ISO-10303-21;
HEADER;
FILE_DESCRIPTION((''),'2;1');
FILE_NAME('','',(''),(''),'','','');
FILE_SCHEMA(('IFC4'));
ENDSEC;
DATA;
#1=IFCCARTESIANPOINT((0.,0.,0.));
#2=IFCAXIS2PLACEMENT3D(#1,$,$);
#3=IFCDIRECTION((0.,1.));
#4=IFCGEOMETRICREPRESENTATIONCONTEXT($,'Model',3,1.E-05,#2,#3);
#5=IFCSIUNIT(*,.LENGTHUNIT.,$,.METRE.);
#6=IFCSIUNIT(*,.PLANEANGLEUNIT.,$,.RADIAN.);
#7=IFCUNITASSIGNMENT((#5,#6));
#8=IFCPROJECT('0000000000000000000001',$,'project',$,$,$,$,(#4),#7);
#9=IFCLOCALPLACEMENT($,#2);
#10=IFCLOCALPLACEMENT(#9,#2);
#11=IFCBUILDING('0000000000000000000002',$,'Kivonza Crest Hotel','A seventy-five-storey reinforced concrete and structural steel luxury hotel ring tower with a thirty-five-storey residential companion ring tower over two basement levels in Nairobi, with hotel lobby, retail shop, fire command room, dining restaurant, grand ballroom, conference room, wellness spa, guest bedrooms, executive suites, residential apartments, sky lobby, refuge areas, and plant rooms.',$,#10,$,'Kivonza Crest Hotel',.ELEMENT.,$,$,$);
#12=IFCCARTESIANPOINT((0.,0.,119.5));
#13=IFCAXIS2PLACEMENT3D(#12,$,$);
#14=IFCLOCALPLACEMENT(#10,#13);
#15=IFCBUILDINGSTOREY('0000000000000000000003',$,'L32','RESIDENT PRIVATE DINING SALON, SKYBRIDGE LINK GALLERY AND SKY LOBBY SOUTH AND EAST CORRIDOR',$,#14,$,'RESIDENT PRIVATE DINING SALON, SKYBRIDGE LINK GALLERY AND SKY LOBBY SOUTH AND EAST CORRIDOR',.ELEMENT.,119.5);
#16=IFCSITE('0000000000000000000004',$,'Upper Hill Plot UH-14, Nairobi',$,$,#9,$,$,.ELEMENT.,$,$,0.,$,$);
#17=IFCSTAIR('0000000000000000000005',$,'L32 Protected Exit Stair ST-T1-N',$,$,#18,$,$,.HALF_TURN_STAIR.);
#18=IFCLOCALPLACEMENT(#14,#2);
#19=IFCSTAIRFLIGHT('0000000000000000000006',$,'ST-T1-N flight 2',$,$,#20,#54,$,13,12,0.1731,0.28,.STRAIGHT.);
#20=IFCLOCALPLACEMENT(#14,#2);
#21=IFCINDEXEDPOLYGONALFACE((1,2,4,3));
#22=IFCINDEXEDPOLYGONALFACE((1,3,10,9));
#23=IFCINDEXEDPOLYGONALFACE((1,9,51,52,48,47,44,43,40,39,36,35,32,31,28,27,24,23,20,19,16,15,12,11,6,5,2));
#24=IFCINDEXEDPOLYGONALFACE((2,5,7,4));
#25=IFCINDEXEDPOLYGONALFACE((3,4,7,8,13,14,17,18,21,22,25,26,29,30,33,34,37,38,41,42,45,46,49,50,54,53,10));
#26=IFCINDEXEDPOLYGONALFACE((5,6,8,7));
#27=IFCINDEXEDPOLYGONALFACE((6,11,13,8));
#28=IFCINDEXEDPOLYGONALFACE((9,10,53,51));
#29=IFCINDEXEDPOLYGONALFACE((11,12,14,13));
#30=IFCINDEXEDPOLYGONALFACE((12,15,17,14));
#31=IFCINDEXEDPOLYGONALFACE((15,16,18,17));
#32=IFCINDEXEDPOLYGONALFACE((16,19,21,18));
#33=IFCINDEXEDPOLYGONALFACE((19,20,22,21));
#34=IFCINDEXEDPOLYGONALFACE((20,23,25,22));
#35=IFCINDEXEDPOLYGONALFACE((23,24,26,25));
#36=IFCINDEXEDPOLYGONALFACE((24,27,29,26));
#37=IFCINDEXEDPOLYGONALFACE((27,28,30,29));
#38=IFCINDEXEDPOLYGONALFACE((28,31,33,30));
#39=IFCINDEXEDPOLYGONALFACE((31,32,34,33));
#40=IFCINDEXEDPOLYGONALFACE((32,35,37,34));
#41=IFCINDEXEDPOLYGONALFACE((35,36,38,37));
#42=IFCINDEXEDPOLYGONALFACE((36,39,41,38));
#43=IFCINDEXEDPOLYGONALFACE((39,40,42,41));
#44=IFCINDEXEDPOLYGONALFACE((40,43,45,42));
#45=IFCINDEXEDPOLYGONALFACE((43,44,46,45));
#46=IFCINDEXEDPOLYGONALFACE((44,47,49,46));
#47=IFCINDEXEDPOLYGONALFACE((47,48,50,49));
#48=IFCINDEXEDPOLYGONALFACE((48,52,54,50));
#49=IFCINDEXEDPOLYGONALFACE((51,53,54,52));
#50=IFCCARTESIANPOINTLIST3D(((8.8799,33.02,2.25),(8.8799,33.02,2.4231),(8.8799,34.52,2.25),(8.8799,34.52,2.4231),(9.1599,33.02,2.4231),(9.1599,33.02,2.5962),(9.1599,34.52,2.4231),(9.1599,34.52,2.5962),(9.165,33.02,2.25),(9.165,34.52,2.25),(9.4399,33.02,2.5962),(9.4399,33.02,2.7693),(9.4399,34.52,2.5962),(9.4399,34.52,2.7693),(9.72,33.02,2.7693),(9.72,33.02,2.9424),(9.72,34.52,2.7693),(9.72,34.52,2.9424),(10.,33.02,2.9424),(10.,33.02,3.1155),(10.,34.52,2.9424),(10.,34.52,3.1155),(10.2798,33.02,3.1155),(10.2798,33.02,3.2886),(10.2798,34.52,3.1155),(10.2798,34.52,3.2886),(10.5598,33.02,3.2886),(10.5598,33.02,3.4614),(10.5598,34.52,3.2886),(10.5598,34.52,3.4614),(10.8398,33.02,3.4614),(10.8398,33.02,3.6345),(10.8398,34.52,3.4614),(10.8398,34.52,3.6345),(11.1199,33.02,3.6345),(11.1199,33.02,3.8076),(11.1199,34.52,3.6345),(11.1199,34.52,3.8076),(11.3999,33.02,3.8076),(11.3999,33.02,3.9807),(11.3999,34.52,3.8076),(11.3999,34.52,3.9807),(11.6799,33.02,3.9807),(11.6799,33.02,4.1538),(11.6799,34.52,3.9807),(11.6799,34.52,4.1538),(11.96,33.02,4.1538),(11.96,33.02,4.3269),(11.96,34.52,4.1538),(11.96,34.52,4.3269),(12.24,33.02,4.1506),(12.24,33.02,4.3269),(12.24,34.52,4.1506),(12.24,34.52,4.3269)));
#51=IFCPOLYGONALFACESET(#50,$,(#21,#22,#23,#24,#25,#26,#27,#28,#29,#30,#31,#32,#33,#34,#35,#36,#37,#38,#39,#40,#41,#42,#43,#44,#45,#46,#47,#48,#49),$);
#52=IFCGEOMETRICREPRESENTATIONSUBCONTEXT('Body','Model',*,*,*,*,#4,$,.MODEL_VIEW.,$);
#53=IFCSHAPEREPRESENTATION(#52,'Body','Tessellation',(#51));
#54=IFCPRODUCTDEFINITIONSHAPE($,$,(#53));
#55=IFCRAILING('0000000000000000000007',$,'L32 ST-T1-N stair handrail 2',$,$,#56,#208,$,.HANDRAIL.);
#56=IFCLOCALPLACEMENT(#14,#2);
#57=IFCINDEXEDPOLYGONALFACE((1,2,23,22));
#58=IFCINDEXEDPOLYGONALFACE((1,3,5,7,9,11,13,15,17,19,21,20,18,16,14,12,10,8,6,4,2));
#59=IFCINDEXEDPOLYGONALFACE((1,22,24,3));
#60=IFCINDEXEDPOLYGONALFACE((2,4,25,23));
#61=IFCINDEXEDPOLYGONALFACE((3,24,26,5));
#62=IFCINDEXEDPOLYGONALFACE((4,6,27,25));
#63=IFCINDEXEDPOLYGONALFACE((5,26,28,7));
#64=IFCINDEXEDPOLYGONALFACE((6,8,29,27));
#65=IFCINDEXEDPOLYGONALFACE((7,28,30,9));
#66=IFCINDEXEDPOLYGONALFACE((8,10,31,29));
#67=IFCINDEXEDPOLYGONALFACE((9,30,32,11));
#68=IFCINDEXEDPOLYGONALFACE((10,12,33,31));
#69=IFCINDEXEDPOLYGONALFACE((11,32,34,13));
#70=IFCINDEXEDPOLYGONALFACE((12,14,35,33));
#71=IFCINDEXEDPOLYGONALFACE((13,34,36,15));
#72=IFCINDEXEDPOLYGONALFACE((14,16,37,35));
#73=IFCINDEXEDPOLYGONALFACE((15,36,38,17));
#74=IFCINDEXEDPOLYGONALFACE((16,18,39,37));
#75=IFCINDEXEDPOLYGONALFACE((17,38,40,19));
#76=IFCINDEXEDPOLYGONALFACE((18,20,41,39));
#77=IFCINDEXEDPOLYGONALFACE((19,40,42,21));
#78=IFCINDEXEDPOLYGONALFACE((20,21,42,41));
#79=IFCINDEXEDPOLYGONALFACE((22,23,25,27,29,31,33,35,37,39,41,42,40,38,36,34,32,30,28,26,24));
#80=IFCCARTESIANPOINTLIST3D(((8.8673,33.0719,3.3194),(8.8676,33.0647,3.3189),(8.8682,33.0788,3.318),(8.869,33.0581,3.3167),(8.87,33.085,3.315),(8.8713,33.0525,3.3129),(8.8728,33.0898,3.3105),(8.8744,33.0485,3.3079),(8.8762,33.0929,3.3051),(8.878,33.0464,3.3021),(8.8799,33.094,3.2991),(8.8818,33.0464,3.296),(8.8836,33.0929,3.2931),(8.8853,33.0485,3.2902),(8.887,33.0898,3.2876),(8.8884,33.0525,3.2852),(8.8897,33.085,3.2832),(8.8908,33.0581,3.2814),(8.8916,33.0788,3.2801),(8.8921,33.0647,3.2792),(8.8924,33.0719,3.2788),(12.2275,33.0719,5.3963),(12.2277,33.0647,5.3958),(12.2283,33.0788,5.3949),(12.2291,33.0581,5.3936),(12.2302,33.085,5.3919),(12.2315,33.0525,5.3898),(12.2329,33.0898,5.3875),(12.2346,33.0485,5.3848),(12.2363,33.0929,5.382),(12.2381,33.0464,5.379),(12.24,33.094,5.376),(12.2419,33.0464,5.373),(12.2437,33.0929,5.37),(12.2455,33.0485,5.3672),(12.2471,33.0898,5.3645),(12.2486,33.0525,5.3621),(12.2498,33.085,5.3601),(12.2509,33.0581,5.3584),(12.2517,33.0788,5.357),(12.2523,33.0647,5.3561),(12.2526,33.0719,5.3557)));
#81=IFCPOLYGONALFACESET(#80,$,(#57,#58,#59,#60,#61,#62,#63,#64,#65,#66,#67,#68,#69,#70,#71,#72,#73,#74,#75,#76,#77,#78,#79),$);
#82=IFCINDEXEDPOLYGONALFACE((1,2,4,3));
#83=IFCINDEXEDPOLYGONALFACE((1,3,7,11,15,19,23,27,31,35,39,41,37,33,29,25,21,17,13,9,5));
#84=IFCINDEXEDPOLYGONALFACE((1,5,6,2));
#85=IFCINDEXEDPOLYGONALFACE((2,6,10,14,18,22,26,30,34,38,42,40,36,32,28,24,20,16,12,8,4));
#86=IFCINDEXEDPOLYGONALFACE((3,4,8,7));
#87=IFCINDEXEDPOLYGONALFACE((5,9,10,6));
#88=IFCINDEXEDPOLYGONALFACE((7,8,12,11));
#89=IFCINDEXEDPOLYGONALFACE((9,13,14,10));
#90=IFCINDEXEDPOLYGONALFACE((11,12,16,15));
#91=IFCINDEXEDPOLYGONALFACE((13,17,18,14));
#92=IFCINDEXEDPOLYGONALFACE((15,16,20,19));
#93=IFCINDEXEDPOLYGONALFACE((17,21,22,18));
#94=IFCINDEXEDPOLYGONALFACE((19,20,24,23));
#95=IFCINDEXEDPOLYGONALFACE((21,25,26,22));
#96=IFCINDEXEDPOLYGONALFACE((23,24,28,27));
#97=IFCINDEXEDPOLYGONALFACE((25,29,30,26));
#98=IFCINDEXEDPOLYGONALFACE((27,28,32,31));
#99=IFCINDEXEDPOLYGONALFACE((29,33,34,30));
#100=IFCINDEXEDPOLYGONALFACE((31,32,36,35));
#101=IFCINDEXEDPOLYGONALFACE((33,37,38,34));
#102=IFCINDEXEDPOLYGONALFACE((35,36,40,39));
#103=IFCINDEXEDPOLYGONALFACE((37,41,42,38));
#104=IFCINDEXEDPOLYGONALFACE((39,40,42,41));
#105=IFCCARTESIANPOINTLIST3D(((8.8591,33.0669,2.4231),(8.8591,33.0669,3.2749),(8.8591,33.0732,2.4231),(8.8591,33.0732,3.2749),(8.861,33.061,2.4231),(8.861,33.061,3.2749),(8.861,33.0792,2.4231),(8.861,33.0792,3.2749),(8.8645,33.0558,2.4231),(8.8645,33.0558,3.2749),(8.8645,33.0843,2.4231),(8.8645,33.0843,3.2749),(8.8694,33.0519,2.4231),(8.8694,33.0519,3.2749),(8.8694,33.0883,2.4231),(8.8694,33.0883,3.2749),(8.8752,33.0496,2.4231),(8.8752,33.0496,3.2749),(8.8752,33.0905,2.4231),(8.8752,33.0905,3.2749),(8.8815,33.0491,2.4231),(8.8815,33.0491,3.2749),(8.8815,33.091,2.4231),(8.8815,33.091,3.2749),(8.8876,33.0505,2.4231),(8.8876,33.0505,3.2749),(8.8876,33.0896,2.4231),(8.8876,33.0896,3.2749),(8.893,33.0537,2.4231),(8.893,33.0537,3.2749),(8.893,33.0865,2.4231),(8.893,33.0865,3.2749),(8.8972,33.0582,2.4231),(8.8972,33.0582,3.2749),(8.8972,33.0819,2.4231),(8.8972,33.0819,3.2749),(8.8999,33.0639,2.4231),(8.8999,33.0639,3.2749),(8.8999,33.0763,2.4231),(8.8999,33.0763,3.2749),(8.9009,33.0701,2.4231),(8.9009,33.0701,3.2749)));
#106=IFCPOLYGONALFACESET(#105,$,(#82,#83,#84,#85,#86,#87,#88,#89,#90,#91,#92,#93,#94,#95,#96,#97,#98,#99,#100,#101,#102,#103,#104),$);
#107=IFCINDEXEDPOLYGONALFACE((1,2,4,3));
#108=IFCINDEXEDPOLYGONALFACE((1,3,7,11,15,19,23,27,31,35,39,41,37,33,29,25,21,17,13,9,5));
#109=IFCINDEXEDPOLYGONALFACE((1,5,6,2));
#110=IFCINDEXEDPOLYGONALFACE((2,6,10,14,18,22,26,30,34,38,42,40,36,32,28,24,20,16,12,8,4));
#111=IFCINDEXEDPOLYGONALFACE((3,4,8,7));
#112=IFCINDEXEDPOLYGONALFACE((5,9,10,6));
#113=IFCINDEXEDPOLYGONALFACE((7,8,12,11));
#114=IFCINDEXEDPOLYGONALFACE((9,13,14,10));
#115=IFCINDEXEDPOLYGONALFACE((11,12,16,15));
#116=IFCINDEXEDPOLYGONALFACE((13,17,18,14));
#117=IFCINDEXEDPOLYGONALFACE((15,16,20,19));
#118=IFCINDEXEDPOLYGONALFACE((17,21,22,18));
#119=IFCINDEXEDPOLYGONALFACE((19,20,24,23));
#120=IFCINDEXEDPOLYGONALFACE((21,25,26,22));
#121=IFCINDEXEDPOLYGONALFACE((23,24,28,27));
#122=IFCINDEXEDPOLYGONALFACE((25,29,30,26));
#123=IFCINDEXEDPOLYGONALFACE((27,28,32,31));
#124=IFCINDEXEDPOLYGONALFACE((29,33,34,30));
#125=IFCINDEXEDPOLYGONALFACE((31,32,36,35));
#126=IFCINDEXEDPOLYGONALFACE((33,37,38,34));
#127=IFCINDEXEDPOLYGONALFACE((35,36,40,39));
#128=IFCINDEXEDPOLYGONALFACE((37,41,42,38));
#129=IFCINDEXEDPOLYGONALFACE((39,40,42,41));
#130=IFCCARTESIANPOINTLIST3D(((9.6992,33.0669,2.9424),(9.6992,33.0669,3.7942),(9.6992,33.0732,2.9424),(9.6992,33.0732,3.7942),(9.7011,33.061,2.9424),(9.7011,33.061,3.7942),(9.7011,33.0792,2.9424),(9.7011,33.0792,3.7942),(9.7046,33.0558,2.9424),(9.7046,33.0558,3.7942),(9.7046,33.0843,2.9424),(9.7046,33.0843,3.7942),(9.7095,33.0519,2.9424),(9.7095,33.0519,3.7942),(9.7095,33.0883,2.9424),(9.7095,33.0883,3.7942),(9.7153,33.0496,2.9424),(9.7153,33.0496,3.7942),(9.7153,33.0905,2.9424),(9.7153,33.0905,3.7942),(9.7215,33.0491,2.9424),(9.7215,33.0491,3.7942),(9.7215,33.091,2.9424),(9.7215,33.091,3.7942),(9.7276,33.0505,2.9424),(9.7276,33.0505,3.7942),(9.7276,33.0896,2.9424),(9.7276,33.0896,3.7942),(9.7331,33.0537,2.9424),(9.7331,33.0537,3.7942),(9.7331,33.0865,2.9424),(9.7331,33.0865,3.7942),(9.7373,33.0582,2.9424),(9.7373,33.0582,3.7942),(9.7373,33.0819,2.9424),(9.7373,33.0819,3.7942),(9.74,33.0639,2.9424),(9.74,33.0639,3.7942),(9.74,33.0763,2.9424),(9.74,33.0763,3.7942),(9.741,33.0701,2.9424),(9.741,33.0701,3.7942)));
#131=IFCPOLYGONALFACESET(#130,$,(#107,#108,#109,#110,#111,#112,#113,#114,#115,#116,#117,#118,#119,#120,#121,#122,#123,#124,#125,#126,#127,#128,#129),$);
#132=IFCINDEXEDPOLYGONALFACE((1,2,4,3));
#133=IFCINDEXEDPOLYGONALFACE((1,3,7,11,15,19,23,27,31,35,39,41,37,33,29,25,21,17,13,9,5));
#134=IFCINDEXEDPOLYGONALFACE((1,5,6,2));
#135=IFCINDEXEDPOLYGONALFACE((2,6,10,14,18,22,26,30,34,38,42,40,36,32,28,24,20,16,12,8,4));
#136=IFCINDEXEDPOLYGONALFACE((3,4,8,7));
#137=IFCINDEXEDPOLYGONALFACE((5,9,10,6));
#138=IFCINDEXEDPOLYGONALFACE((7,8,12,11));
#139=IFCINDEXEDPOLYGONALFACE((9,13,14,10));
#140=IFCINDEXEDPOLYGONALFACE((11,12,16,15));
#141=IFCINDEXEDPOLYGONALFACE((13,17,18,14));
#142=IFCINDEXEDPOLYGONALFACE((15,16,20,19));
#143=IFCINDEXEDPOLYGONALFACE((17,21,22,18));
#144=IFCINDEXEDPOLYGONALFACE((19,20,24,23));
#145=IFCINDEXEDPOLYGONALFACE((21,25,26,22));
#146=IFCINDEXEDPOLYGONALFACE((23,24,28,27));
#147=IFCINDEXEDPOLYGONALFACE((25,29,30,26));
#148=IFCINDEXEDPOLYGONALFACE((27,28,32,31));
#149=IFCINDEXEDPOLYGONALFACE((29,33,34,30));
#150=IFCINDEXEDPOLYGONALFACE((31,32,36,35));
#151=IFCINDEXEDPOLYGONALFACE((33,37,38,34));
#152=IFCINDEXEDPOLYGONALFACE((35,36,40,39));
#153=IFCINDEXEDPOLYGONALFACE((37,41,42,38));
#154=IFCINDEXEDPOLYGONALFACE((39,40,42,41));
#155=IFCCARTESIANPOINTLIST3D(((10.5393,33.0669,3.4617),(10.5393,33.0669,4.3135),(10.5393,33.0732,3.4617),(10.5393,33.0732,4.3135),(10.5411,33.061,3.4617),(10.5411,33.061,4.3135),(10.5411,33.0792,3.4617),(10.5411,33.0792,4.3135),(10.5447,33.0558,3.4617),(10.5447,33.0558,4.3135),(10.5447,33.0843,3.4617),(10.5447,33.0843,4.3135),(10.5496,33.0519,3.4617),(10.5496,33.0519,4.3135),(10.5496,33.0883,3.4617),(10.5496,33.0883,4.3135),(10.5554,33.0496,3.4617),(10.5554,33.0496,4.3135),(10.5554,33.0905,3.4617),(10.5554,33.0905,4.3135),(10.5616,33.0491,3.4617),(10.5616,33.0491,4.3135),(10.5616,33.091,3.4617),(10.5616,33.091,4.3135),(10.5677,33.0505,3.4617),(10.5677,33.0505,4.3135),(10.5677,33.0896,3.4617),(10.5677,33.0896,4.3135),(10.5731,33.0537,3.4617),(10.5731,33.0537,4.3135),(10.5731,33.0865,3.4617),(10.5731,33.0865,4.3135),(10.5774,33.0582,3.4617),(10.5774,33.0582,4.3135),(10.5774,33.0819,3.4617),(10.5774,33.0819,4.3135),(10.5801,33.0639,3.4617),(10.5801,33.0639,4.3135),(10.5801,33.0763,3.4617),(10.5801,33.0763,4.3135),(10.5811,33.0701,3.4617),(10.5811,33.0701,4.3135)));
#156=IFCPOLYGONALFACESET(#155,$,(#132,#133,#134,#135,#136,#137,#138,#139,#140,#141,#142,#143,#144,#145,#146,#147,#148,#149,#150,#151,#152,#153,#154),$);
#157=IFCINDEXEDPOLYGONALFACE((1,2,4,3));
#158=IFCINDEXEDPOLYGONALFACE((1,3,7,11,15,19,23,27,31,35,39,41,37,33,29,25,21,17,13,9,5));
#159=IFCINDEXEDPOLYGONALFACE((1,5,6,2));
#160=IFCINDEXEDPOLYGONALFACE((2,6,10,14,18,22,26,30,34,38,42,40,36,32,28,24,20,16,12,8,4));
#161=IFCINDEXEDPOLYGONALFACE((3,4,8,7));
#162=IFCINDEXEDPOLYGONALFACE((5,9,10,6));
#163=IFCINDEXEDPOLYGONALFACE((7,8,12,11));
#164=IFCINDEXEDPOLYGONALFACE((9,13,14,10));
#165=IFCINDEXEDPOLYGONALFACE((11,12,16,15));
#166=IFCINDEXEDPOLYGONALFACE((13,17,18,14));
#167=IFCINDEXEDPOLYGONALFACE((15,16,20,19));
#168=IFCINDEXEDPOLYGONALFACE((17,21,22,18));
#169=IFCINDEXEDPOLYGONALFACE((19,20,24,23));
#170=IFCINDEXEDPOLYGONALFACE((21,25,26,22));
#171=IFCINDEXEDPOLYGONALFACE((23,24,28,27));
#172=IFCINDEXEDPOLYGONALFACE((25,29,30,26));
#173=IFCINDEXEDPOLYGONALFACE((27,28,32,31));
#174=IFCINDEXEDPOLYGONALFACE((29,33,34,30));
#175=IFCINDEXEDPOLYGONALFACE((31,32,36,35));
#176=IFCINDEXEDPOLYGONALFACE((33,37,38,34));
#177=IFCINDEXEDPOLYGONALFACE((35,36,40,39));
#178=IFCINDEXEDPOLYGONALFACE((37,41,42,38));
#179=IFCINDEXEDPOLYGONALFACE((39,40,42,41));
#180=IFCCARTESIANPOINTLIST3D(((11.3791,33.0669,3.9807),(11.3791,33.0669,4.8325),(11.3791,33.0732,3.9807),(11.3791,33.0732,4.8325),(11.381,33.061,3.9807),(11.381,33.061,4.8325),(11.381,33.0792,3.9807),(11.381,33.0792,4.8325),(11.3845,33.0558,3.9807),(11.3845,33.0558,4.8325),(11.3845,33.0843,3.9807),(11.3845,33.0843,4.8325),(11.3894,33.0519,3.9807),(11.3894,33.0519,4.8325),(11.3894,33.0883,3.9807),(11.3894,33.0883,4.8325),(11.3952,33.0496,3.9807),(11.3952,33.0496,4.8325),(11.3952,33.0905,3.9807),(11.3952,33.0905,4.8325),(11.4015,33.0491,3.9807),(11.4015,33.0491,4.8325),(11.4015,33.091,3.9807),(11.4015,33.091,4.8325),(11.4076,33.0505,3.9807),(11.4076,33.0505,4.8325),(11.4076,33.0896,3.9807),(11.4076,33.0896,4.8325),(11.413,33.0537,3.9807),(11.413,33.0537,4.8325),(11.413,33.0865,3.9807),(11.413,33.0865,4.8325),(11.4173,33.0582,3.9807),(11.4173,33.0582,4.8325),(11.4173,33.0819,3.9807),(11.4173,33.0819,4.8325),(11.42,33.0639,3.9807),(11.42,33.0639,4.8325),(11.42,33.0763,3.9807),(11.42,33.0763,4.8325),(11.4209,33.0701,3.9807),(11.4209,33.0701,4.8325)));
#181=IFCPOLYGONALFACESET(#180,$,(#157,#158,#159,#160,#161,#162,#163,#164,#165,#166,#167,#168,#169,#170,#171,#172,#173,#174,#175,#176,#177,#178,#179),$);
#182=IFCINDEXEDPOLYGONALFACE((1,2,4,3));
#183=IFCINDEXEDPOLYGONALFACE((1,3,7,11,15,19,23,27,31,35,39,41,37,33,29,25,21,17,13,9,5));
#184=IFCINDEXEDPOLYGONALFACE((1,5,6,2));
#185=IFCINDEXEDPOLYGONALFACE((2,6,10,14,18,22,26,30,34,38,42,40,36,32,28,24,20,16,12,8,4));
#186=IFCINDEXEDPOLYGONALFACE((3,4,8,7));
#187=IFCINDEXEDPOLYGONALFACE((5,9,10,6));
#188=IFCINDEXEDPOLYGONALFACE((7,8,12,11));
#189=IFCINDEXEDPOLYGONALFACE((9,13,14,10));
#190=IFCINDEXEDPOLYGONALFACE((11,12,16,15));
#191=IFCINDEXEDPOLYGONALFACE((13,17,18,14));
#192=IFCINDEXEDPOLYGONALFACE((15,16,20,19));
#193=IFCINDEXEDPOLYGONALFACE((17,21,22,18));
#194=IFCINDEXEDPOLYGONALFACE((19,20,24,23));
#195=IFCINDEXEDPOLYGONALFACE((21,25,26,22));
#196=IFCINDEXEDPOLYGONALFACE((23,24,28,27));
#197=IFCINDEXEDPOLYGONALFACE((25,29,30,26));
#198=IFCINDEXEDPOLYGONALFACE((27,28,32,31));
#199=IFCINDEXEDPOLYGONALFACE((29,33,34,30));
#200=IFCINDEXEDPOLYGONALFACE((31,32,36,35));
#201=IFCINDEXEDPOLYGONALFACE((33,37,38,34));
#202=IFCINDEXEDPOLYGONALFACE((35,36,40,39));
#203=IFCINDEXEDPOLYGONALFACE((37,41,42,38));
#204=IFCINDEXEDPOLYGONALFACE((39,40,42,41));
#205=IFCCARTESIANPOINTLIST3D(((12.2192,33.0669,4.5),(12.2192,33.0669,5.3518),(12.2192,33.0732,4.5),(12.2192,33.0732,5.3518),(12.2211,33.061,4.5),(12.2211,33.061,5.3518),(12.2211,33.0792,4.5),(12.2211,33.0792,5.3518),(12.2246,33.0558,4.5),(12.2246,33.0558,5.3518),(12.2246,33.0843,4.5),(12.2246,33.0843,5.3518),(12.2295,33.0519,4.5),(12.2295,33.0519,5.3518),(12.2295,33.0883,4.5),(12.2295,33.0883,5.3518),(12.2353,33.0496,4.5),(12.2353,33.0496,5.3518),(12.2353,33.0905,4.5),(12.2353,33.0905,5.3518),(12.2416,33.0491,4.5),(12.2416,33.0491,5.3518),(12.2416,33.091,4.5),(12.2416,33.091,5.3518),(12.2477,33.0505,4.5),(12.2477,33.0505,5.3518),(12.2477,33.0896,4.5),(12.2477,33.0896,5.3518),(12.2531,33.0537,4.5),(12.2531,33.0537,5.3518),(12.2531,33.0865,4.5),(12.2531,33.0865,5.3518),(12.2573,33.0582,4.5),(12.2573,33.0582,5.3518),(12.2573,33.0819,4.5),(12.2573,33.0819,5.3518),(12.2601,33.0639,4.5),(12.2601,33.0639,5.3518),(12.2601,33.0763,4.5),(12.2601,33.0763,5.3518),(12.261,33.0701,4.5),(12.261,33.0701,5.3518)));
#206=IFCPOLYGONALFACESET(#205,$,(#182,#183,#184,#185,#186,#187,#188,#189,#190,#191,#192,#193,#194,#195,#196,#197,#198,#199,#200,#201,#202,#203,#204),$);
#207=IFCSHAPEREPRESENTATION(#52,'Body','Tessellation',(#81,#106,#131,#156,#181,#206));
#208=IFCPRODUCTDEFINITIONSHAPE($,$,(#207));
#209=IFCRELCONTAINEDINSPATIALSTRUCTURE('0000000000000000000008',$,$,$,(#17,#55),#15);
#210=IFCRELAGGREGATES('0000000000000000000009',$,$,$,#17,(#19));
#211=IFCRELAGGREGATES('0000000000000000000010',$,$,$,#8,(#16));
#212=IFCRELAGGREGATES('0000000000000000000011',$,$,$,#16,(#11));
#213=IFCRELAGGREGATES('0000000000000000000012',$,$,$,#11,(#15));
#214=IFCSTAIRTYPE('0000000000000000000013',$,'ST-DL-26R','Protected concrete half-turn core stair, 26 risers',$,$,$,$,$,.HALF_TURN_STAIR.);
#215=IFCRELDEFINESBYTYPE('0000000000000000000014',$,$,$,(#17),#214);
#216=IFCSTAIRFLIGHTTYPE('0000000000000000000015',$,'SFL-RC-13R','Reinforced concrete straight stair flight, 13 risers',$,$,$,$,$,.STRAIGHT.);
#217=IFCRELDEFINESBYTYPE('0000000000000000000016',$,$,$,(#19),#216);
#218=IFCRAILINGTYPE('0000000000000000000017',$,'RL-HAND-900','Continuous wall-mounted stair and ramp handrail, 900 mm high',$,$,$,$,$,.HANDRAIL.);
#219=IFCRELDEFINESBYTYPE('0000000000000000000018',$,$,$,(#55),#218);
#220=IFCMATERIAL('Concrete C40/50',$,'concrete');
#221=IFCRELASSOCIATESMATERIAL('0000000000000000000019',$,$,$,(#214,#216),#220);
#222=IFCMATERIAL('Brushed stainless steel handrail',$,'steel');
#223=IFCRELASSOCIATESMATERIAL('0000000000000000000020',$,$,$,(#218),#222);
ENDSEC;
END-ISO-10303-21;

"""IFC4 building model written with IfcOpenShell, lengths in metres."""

from ifc_helpers import new_model, si_unit, direction, frame, origin, origin_2d, place, context, subcontext, project, spatial, polyline, circle, outline, extrude, material, type_object, element, aggregate, save


model = new_model("IFC4")

# Units and contexts
model_context = context("Model", 3, precision=1e-05, world=origin(), true_north=direction((0.0, 1.0)))
body_context = subcontext(model_context, "Body", "Model", "MODEL_VIEW")
ifc_project = project(units=[si_unit("LENGTHUNIT", "METRE"), si_unit("PLANEANGLEUNIT", "RADIAN")], contexts=[model_context])

# Site, building, storey
site_placement = place(None, origin())
site = spatial("IfcSite", under=ifc_project, at=site_placement, Name="Upper Hill Plot UH-14, Nairobi", CompositionType="ELEMENT", RefElevation=0.0)
building_placement = place(site_placement, origin())
building = spatial("IfcBuilding", under=site, at=building_placement, Name="Kivonza Crest Hotel", Description="A seventy-five-storey reinforced concrete and structural steel luxury hotel ring tower with a thirty-five-storey residential companion ring tower over two basement levels in Nairobi, with hotel lobby, retail shop, fire command room, dining restaurant, grand ballroom, conference room, wellness spa, guest bedrooms, executive suites, residential apartments, sky lobby, refuge areas, and plant rooms.", LongName="Kivonza Crest Hotel", CompositionType="ELEMENT")
storey_placement = place(building_placement, frame((0.0, 0.0, 119.5)))
storey = spatial("IfcBuildingStorey", under=building, at=storey_placement, Name="L32", Description="RESIDENT PRIVATE DINING SALON, SKYBRIDGE LINK GALLERY AND SKY LOBBY SOUTH AND EAST CORRIDOR", LongName="RESIDENT PRIVATE DINING SALON, SKYBRIDGE LINK GALLERY AND SKY LOBBY SOUTH AND EAST CORRIDOR", CompositionType="ELEMENT", Elevation=119.5)

# Stair, stair flight
ifc_material_1 = material(Name="Concrete C40/50", Category="concrete")
stair_type = type_object("IfcStairType", Name="ST-DL-26R", Description="Protected concrete half-turn core stair, 26 risers", PredefinedType="HALF_TURN_STAIR", material=ifc_material_1)
stair_placement = place(storey_placement, origin())
stair = element("IfcStair", 1, at=stair_placement, inside=storey, type_object=stair_type, Name="L32 Protected Exit Stair ST-T1-N", PredefinedType="HALF_TURN_STAIR")
stair_flight_type = type_object("IfcStairFlightType", Name="SFL-RC-13R", Description="Reinforced concrete straight stair flight, 13 risers", PredefinedType="STRAIGHT", material=ifc_material_1)
stair_flight_placement = place(storey_placement, frame((8.8799, 33.77, 2.25), z_axis=(0.0, 0.0, 1.0), x_axis=(1.0, 0.0, 0.0)))
stair_flight = element("IfcStairFlight", 2, at=stair_flight_placement, type_object=stair_flight_type, Name="ST-T1-N flight 2", NumberOfRisers=13, NumberOfTreads=12, PredefinedType="STRAIGHT", RiserHeight=0.1731, TreadLength=0.28, context=body_context, shape_type="SweptSolid", body=[
    extrude(outline(polyline([(0.0, 0.0), (0.0, 0.1731), (0.28, 0.1731), (0.28, 0.3462), (0.5601, 0.3462), (0.5601, 0.5193), (0.8401, 0.5193), (0.8401, 0.6924), (1.1201, 0.6924), (1.1201, 0.8655), (1.3999, 0.8655), (1.3999, 1.0386), (1.6799, 1.0386), (1.6799, 1.2114), (1.96, 1.2114), (1.96, 1.3845), (2.24, 1.3845), (2.24, 1.5576), (2.52, 1.5576), (2.52, 1.7307), (2.8, 1.7307), (2.8, 1.9038), (3.0801, 1.9038), (3.0801, 2.0769), (3.3601, 2.0769), (3.3601, 2.25), (3.3601, 1.9006), (0.2852, 0.0), (0.0, 0.0)])), frame((0.0, 0.75, 0.0), z_axis=(0.0, -1.0, 0.0), x_axis=(1.0, 0.0, 0.0)), (0.0, 0.0, 1.0), 1.5),
])
aggregate(stair, [stair_flight])

# Railing
ifc_material_2 = material(Name="Brushed stainless steel handrail", Category="steel")
railing_type_1 = type_object("IfcRailingType", Name="RL-HAND-900", Description="Continuous wall-mounted stair and ramp handrail, 900 mm high", PredefinedType="HANDRAIL", material=ifc_material_2)
railing_1_placement = place(storey_placement, frame((8.8799, 33.0701, 2.4231)))
element("IfcRailing", 3, at=railing_1_placement, inside=storey, type_object=railing_type_1, Name="L32 ST-T1-N stair handrail 2", PredefinedType="HANDRAIL", context=body_context, shape_type="SweptSolid", body=[
    extrude(circle(Radius=0.0239, at=origin_2d()), frame((0.0, 0.0, 0.876), z_axis=(0.850623, 0.0, 0.525776), x_axis=(0.0, 1.0, 0.0)), (0.0, 0.0, 1.0), 3.9502),
    extrude(circle(Radius=0.021, at=origin_2d()), origin(), (0.0, 0.0, 1.0), 0.8518),
    extrude(circle(Radius=0.021, at=origin_2d()), frame((0.8401, 0.0, 0.5193)), (0.0, 0.0, 1.0), 0.8518),
    extrude(circle(Radius=0.021, at=origin_2d()), frame((1.6802, 0.0, 1.0386)), (0.0, 0.0, 1.0), 0.8518),
    extrude(circle(Radius=0.021, at=origin_2d()), frame((2.52, 0.0, 1.5576)), (0.0, 0.0, 1.0), 0.8518),
    extrude(circle(Radius=0.021, at=origin_2d()), frame((3.3601, 0.0, 2.0769)), (0.0, 0.0, 1.0), 0.8518),
])

save(model, "model.ifc")
